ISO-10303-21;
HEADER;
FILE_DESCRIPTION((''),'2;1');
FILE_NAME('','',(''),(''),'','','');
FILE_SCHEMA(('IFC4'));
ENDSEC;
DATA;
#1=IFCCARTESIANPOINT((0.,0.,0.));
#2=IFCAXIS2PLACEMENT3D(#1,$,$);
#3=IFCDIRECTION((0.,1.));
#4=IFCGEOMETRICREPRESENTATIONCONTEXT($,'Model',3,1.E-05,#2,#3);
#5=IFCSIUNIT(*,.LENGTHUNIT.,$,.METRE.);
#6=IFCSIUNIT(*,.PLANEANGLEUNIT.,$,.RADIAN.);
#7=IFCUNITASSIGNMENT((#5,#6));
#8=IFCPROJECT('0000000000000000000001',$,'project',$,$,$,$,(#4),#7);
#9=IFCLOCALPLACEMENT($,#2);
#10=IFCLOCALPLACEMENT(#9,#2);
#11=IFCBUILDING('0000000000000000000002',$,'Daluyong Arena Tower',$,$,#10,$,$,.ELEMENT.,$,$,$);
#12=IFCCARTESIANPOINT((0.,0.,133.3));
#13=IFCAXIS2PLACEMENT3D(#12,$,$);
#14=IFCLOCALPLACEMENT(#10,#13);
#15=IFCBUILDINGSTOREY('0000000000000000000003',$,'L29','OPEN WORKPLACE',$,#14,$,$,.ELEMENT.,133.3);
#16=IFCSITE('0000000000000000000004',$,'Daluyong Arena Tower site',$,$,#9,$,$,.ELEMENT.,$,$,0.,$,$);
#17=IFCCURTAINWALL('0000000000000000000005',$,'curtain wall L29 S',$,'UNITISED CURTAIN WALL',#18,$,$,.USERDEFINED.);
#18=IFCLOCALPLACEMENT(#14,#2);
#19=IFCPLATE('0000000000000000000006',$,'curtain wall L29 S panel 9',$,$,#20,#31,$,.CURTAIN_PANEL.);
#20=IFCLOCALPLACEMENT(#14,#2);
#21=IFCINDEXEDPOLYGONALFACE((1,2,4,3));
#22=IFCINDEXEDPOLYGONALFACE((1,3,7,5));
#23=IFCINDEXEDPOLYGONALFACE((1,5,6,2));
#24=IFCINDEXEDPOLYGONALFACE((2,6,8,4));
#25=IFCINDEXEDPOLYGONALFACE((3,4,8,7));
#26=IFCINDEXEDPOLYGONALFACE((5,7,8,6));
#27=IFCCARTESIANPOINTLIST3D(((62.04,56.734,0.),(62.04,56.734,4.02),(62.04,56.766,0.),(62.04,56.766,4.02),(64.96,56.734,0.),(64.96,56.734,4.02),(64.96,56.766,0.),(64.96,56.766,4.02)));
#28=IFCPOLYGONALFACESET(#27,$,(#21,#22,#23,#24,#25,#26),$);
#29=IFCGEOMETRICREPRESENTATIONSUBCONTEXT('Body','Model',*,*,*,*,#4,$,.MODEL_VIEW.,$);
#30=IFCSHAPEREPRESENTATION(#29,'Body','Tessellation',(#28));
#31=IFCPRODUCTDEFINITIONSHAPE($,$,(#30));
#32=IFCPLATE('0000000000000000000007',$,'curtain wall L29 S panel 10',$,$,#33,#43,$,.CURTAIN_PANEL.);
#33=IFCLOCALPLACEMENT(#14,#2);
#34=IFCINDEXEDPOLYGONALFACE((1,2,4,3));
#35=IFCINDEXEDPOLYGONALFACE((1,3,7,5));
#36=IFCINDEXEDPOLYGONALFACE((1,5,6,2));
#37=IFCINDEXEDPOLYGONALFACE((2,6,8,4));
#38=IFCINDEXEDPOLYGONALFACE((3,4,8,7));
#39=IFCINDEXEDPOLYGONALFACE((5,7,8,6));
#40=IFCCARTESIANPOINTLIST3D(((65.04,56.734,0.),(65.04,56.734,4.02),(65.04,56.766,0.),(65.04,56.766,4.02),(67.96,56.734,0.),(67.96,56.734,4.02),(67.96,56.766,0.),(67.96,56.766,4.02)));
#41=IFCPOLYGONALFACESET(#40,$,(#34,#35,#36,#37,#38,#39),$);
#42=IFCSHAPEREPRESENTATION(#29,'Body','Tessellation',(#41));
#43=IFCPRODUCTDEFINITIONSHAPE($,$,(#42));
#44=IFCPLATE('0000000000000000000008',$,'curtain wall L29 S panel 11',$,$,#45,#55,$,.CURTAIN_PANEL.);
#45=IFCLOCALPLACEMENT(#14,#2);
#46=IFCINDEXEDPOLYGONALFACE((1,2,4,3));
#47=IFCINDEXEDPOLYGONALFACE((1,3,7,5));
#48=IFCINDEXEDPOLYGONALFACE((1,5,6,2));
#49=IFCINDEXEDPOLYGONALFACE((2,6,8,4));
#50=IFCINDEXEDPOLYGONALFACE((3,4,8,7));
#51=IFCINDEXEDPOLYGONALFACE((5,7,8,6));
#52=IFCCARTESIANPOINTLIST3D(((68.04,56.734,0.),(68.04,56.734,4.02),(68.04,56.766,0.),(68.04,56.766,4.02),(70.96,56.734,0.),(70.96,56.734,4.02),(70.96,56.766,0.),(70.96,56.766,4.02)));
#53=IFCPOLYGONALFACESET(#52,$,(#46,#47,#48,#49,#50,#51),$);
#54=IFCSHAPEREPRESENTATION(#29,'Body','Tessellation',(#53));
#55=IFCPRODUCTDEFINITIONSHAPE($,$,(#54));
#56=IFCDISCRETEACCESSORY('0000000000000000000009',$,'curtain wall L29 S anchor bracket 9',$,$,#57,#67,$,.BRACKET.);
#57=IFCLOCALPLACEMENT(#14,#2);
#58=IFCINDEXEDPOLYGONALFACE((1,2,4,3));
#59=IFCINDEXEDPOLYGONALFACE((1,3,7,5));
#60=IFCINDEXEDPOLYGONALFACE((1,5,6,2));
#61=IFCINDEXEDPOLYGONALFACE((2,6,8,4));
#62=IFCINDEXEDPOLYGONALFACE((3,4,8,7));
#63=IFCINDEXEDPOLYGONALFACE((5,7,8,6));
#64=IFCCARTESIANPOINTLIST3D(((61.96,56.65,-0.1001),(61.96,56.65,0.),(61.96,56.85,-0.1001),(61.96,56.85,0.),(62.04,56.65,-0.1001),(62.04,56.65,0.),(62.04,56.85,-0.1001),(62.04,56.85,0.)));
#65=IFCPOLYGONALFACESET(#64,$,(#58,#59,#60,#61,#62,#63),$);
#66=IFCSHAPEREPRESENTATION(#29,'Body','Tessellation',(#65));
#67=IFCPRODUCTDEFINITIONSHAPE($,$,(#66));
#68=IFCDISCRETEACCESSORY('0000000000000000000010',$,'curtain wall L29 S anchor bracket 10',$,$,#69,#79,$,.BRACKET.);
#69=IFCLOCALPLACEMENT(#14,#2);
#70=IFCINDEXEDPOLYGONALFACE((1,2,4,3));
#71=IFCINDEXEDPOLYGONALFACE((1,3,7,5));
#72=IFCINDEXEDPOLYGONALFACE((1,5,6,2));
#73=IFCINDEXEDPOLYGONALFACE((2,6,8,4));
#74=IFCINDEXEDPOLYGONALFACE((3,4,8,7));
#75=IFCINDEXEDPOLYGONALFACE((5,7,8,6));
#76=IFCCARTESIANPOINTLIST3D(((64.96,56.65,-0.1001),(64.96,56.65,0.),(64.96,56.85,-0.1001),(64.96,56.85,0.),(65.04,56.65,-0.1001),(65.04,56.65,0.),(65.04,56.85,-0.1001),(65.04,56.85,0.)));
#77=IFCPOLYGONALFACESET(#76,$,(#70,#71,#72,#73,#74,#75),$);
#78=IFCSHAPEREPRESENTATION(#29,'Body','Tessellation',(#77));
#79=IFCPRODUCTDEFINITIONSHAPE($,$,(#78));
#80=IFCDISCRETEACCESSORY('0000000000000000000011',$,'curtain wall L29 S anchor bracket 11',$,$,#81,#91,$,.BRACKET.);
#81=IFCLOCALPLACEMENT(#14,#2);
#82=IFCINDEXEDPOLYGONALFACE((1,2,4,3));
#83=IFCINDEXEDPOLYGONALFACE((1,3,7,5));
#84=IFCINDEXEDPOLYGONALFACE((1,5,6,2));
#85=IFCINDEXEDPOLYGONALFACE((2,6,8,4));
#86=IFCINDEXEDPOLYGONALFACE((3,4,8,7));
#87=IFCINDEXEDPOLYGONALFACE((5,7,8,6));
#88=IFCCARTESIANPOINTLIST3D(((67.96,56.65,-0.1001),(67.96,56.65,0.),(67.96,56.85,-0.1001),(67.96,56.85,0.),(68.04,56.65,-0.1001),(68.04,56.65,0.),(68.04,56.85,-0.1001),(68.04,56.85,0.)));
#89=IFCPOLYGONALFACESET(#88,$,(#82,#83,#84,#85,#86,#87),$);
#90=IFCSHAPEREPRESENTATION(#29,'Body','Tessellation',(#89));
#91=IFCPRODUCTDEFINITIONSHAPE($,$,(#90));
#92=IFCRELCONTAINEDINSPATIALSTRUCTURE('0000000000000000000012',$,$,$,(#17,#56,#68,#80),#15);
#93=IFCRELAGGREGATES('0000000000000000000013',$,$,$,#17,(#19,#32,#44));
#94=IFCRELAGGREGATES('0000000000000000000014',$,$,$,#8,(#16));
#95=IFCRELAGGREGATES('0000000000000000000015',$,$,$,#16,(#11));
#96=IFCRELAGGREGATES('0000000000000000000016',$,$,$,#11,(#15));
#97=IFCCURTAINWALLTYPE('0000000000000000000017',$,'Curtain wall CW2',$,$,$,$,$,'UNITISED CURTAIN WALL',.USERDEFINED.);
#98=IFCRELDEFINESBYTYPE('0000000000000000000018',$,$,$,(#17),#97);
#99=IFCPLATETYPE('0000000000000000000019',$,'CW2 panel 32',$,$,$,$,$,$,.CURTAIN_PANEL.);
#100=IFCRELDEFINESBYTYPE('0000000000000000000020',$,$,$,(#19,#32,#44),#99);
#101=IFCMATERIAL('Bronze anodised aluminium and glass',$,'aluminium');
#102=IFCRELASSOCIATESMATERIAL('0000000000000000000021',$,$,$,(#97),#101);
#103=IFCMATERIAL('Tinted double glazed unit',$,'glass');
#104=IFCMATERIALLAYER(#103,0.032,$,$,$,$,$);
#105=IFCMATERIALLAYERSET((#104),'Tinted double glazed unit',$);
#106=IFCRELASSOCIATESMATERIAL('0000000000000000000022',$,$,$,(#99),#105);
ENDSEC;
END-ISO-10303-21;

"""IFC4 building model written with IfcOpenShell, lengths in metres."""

from ifc_helpers import new_model, si_unit, direction, frame, origin, origin_2d, place, context, subcontext, project, spatial, rectangle, extrude, material, layer, layer_set, type_object, element, aggregate, save


model = new_model("IFC4")

# Units and contexts
model_context = context("Model", 3, precision=1e-05, world=origin(), true_north=direction((0.0, 1.0)))
body_context = subcontext(model_context, "Body", "Model", "MODEL_VIEW")
ifc_project = project(units=[si_unit("LENGTHUNIT", "METRE"), si_unit("PLANEANGLEUNIT", "RADIAN")], contexts=[model_context])

# Site, building, storey
site_placement = place(None, origin())
site = spatial("IfcSite", under=ifc_project, at=site_placement, Name="Daluyong Arena Tower site", CompositionType="ELEMENT", RefElevation=0.0)
building_placement = place(site_placement, origin())
building = spatial("IfcBuilding", under=site, at=building_placement, Name="Daluyong Arena Tower", CompositionType="ELEMENT")
storey_placement = place(building_placement, frame((0.0, 0.0, 133.3)))
storey = spatial("IfcBuildingStorey", under=building, at=storey_placement, Name="L29", Description="OPEN WORKPLACE", CompositionType="ELEMENT", Elevation=133.3)

# Curtain wall
ifc_material_1 = material(Name="Bronze anodised aluminium and glass", Category="aluminium")
curtain_wall_type = type_object("IfcCurtainWallType", Name="Curtain wall CW2", ElementType="UNITISED CURTAIN WALL", PredefinedType="USERDEFINED", material=ifc_material_1)
curtain_wall_placement = place(storey_placement, origin())
curtain_wall = element("IfcCurtainWall", 1, at=curtain_wall_placement, inside=storey, type_object=curtain_wall_type, Name="curtain wall L29 S", ObjectType="UNITISED CURTAIN WALL", PredefinedType="USERDEFINED")

# Plates
ifc_material_2 = material(Name="Tinted double glazed unit", Category="glass")
ifc_layer = layer(ifc_material_2, 0.032)
ifc_layer_set = layer_set([ifc_layer], Name="Tinted double glazed unit")
plate_type = type_object("IfcPlateType", Name="CW2 panel 32", PredefinedType="CURTAIN_PANEL", material=ifc_layer_set)
plate_1_placement = place(storey_placement, frame((63.5, 56.75, 0.0), z_axis=(0.0, 0.0, 1.0), x_axis=(1.0, 0.0, 0.0)))
plate_1 = element("IfcPlate", 2, at=plate_1_placement, type_object=plate_type, Name="curtain wall L29 S panel 9", PredefinedType="CURTAIN_PANEL", context=body_context, shape_type="SweptSolid", body=[
    extrude(rectangle(XDim=2.9199, YDim=0.032, at=origin_2d()), origin(), (0.0, 0.0, 1.0), 4.02),
])
plate_2_placement = place(storey_placement, frame((66.5, 56.75, 0.0), z_axis=(0.0, 0.0, 1.0), x_axis=(1.0, 0.0, 0.0)))
plate_2 = element("IfcPlate", 3, at=plate_2_placement, type_object=plate_type, Name="curtain wall L29 S panel 10", PredefinedType="CURTAIN_PANEL", context=body_context, shape_type="SweptSolid", body=[
    extrude(rectangle(XDim=2.9199, YDim=0.032, at=origin_2d()), origin(), (0.0, 0.0, 1.0), 4.02),
])
plate_3_placement = place(storey_placement, frame((69.5, 56.75, 0.0), z_axis=(0.0, 0.0, 1.0), x_axis=(1.0, 0.0, 0.0)))
plate_3 = element("IfcPlate", 4, at=plate_3_placement, type_object=plate_type, Name="curtain wall L29 S panel 11", PredefinedType="CURTAIN_PANEL", context=body_context, shape_type="SweptSolid", body=[
    extrude(rectangle(XDim=2.9199, YDim=0.032, at=origin_2d()), origin(), (0.0, 0.0, 1.0), 4.02),
])
aggregate(curtain_wall, [plate_1, plate_2, plate_3])

# Discrete accessories
for number, where, z_axis, x_axis, name in (
    (5, (62.0, 56.75, -0.1001), (0.0, 0.0, 1.0), (1.0, 0.0, 0.0), "curtain wall L29 S anchor bracket 9"),
    (6, (65.0, 56.75, -0.1001), (0.0, 0.0, 1.0), (1.0, 0.0, 0.0), "curtain wall L29 S anchor bracket 10"),
    (7, (68.0, 56.75, -0.1001), (0.0, 0.0, 1.0), (1.0, 0.0, 0.0), "curtain wall L29 S anchor bracket 11"),
):
    element("IfcDiscreteAccessory", number, at=place(storey_placement, frame(where, z_axis=z_axis, x_axis=x_axis)), inside=storey, Name=name, PredefinedType="BRACKET", context=body_context, shape_type="SweptSolid", body=[
        extrude(rectangle(XDim=0.0801, YDim=0.2, at=origin_2d()), origin(), (0.0, 0.0, 1.0), 0.1001),
    ])

save(model, "model.ifc")
